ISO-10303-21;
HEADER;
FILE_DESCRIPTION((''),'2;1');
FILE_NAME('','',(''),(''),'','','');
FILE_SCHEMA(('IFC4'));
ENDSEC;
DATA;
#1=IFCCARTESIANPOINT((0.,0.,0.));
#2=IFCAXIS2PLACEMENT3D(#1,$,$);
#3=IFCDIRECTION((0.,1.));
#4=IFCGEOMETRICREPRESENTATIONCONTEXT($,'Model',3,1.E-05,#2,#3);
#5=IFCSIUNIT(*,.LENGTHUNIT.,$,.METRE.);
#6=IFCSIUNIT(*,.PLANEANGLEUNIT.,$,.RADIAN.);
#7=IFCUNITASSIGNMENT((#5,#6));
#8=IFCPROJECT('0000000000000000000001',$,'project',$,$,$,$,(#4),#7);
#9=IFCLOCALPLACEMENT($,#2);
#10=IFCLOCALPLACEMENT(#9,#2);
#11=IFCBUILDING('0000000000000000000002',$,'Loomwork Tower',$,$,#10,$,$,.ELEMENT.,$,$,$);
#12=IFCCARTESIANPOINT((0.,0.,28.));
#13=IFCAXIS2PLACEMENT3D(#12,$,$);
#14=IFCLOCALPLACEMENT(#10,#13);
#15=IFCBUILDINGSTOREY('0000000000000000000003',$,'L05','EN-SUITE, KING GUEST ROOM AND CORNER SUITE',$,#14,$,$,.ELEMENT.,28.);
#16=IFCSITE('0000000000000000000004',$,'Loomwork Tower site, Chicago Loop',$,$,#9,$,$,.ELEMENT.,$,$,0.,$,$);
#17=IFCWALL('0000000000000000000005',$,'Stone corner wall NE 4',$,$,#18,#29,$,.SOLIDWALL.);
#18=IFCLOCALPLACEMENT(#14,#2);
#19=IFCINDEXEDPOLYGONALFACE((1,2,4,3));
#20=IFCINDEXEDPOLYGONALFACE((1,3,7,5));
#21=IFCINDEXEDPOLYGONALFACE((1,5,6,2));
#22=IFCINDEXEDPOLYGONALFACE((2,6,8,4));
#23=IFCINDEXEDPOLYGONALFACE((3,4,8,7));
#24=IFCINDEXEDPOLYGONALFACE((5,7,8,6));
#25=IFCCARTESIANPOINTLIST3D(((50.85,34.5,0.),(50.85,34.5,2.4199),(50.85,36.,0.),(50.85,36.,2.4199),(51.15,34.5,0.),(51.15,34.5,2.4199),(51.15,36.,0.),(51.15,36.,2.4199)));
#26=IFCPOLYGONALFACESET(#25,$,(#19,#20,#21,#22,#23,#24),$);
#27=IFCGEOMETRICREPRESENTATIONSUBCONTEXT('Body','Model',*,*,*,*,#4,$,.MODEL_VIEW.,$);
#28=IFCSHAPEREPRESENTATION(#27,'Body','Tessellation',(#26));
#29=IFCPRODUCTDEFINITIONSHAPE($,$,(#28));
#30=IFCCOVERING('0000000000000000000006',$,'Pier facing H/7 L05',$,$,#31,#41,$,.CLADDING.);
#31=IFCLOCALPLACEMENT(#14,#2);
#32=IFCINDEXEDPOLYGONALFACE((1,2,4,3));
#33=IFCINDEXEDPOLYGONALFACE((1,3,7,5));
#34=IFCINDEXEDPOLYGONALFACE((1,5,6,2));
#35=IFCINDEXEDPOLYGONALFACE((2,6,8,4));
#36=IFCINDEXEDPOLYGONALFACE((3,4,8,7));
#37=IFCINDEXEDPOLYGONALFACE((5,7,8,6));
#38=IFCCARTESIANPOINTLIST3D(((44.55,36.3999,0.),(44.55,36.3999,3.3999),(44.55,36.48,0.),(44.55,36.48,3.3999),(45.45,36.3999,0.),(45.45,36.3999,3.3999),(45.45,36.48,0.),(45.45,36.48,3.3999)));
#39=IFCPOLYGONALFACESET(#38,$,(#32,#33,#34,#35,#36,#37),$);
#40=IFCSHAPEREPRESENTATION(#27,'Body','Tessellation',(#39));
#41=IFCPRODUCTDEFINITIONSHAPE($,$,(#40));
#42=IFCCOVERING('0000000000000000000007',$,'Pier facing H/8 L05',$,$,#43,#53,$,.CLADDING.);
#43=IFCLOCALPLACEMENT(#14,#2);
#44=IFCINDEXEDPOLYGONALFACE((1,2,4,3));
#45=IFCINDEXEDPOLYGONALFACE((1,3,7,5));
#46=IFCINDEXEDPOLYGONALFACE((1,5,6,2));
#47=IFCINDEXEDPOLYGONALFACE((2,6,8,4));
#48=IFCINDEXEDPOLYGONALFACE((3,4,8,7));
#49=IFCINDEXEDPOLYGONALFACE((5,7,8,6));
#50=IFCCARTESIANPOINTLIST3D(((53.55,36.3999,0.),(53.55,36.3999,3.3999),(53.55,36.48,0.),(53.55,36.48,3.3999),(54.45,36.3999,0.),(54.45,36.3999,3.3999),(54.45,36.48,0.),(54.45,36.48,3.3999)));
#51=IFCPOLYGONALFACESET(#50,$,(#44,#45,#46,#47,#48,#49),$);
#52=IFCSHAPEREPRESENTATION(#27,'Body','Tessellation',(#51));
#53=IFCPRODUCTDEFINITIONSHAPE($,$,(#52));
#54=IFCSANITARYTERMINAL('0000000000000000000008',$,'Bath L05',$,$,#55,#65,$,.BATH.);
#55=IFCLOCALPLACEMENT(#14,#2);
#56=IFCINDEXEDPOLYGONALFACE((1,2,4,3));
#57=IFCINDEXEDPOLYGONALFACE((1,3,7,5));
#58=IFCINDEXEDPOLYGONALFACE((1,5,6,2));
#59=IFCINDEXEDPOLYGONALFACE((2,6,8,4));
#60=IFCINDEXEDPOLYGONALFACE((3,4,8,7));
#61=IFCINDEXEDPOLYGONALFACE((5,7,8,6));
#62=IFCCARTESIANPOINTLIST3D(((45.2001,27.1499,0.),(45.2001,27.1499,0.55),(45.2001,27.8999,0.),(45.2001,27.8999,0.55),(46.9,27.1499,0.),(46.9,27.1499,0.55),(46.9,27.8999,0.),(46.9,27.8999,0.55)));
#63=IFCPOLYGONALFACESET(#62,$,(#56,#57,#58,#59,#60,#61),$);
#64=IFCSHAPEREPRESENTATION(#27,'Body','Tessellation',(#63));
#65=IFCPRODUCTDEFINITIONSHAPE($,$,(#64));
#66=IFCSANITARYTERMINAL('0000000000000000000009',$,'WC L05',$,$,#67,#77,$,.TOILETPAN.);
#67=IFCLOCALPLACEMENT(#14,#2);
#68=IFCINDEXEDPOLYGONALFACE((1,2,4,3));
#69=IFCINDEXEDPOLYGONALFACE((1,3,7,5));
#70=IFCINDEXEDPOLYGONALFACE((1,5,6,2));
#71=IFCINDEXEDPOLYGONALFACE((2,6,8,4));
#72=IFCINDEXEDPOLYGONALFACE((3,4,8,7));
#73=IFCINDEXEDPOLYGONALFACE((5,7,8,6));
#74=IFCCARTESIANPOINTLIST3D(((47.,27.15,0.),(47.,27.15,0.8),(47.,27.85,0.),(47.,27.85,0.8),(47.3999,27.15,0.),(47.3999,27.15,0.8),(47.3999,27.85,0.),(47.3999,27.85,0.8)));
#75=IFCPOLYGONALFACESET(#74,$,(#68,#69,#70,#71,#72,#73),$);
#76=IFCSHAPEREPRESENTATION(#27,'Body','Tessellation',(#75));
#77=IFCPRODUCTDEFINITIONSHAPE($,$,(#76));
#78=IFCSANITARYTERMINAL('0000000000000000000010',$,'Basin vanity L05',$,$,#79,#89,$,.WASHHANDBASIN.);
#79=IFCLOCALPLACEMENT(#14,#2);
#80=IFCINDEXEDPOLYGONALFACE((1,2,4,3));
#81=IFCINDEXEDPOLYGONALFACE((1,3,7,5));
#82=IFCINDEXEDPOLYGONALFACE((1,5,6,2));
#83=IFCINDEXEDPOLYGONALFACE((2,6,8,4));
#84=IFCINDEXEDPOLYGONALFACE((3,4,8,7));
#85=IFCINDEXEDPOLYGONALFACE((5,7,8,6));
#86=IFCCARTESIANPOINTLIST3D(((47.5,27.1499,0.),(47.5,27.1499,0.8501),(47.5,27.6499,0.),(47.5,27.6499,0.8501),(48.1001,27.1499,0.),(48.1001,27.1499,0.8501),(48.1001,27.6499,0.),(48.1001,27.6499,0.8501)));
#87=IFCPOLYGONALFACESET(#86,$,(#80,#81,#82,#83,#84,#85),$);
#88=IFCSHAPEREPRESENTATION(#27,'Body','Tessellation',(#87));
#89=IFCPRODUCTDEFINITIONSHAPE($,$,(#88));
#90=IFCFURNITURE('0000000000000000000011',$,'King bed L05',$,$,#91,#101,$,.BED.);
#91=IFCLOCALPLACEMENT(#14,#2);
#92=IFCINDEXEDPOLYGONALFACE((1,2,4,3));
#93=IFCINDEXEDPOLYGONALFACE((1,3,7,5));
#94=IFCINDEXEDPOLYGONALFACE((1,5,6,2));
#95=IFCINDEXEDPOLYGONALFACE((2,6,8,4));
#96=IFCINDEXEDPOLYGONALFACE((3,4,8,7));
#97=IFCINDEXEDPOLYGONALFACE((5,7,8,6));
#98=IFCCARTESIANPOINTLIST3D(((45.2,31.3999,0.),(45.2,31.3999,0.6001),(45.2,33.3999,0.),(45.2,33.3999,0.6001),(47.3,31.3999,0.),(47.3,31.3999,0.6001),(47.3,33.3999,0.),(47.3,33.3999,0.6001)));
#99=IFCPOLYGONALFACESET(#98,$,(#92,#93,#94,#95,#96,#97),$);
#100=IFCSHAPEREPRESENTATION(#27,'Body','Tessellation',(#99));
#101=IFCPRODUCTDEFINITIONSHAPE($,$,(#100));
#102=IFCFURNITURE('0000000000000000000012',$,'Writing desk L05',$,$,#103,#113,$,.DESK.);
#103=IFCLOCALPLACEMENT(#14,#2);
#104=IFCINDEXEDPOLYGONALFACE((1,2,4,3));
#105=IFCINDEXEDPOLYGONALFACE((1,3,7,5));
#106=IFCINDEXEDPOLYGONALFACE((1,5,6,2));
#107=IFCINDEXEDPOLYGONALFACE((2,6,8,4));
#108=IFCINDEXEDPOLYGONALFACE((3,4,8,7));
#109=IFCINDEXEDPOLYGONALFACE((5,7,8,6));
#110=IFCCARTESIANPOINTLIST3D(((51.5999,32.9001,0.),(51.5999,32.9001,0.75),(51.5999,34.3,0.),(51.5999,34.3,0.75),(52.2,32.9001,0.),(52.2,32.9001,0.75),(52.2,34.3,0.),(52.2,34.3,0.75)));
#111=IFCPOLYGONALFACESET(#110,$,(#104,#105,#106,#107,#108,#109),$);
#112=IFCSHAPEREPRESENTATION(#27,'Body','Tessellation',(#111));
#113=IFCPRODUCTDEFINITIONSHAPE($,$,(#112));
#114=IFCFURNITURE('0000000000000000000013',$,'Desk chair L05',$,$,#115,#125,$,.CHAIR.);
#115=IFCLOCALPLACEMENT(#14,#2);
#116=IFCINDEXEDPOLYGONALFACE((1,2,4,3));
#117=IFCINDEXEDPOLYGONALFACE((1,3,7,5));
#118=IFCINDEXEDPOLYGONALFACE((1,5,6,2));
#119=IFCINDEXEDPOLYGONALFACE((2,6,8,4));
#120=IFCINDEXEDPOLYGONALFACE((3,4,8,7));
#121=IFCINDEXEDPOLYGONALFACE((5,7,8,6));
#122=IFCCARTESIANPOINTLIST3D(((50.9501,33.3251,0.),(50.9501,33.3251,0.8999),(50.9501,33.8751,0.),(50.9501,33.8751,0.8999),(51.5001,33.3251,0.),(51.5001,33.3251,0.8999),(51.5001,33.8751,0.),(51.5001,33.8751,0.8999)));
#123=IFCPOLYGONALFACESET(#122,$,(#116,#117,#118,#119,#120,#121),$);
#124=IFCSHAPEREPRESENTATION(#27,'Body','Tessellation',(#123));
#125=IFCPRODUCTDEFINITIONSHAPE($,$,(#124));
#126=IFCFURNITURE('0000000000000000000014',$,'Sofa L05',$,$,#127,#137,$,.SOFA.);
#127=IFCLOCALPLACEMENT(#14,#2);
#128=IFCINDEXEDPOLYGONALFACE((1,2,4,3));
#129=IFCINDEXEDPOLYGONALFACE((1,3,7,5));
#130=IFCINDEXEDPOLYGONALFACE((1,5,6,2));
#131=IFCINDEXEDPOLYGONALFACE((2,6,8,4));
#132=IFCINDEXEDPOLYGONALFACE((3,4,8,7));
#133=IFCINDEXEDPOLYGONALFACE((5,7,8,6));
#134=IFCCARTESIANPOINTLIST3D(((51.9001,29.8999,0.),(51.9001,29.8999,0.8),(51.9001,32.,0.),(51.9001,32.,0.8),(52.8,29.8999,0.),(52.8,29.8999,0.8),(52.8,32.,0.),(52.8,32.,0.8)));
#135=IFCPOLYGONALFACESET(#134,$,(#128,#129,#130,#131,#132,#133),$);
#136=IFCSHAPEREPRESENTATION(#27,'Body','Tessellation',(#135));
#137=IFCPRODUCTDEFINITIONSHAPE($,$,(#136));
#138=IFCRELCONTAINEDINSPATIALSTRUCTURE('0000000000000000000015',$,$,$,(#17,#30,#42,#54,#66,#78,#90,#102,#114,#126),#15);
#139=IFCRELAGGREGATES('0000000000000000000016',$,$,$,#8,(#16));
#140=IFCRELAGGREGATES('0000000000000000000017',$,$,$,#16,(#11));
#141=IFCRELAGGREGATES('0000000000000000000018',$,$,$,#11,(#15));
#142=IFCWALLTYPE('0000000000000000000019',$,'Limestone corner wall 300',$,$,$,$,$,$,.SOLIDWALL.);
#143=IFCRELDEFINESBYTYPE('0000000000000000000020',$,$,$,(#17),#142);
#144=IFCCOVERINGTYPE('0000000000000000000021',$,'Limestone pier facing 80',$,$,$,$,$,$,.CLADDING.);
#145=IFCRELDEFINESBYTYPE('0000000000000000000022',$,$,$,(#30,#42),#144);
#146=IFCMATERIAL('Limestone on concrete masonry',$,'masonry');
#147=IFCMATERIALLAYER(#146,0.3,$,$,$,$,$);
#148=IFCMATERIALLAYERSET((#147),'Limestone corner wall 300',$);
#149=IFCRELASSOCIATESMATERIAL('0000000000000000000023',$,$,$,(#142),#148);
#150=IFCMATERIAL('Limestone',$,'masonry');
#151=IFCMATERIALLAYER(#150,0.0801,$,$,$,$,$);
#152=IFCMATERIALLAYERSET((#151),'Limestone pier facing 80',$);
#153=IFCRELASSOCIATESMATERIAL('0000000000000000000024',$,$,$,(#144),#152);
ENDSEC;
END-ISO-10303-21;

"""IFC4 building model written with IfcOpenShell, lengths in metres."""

from ifc_helpers import new_model, si_unit, direction, frame, frame_2d, origin, origin_2d, place, context, subcontext, project, spatial, rectangle, extrude, material, layer, layer_set, type_object, element, save


model = new_model("IFC4")

# Units and contexts
model_context = context("Model", 3, precision=1e-05, world=origin(), true_north=direction((0.0, 1.0)))
body_context = subcontext(model_context, "Body", "Model", "MODEL_VIEW")
ifc_project = project(units=[si_unit("LENGTHUNIT", "METRE"), si_unit("PLANEANGLEUNIT", "RADIAN")], contexts=[model_context])

# Site, building, storey
site_placement = place(None, origin())
site = spatial("IfcSite", under=ifc_project, at=site_placement, Name="Loomwork Tower site, Chicago Loop", CompositionType="ELEMENT", RefElevation=0.0)
building_placement = place(site_placement, origin())
building = spatial("IfcBuilding", under=site, at=building_placement, Name="Loomwork Tower", CompositionType="ELEMENT")
storey_placement = place(building_placement, frame((0.0, 0.0, 28.0)))
storey = spatial("IfcBuildingStorey", under=building, at=storey_placement, Name="L05", Description="EN-SUITE, KING GUEST ROOM AND CORNER SUITE", CompositionType="ELEMENT", Elevation=28.0)

# Shared definitions
ifc_material_1 = material(Name="Limestone on concrete masonry", Category="masonry")
ifc_layer_1 = layer(ifc_material_1, 0.3)
ifc_layer_set_1 = layer_set([ifc_layer_1], Name="Limestone corner wall 300")
wall_type_1 = type_object("IfcWallType", Name="Limestone corner wall 300", PredefinedType="SOLIDWALL", material=ifc_layer_set_1)

# Wall
wall_1_placement = place(storey_placement, frame((51.0, 34.5, 0.0), z_axis=(0.0, 0.0, 1.0), x_axis=(0.0, 1.0, 0.0)))
element("IfcWall", 1, at=wall_1_placement, inside=storey, type_object=wall_type_1, Name="Stone corner wall NE 4", PredefinedType="SOLIDWALL", context=body_context, shape_type="SweptSolid", body=[
    extrude(rectangle(XDim=1.5, YDim=0.3, at=frame_2d((0.75, 0.0))), origin(), (0.0, 0.0, 1.0), 2.4199),
])

# Coverings
ifc_material_2 = material(Name="Limestone", Category="masonry")
ifc_layer_2 = layer(ifc_material_2, 0.0801)
ifc_layer_set_2 = layer_set([ifc_layer_2], Name="Limestone pier facing 80")
covering_type = type_object("IfcCoveringType", Name="Limestone pier facing 80", PredefinedType="CLADDING", material=ifc_layer_set_2)
for number, where, z_axis, x_axis, name in (
    (2, (45.0, 36.4399, 0.0), (0.0, 0.0, 1.0), (1.0, 0.0, 0.0), "Pier facing H/7 L05"),
    (3, (54.0, 36.4399, 0.0), (0.0, 0.0, 1.0), (1.0, 0.0, 0.0), "Pier facing H/8 L05"),
):
    element("IfcCovering", number, at=place(storey_placement, frame(where, z_axis=z_axis, x_axis=x_axis)), inside=storey, type_object=covering_type, Name=name, PredefinedType="CLADDING", context=body_context, shape_type="SweptSolid", body=[
        extrude(rectangle(XDim=0.8999, YDim=0.0801, at=origin_2d()), origin(), (0.0, 0.0, 1.0), 3.3999),
    ])

# Sanitary terminals
sanitary_terminal_1_placement = place(storey_placement, frame((46.05, 27.5249, 0.0), z_axis=(0.0, 0.0, 1.0), x_axis=(1.0, 0.0, 0.0)))
element("IfcSanitaryTerminal", 4, at=sanitary_terminal_1_placement, inside=storey, Name="Bath L05", PredefinedType="BATH", context=body_context, shape_type="SweptSolid", body=[
    extrude(rectangle(XDim=1.7, YDim=0.75, at=origin_2d()), origin(), (0.0, 0.0, 1.0), 0.55),
])
sanitary_terminal_2_placement = place(storey_placement, frame((47.2, 27.5, 0.0), z_axis=(0.0, 0.0, 1.0), x_axis=(1.0, 0.0, 0.0)))
element("IfcSanitaryTerminal", 5, at=sanitary_terminal_2_placement, inside=storey, Name="WC L05", PredefinedType="TOILETPAN", context=body_context, shape_type="SweptSolid", body=[
    extrude(rectangle(XDim=0.3999, YDim=0.7, at=origin_2d()), origin(), (0.0, 0.0, 1.0), 0.8),
])
sanitary_terminal_3_placement = place(storey_placement, frame((47.8, 27.3999, 0.0), z_axis=(0.0, 0.0, 1.0), x_axis=(1.0, 0.0, 0.0)))
element("IfcSanitaryTerminal", 6, at=sanitary_terminal_3_placement, inside=storey, Name="Basin vanity L05", PredefinedType="WASHHANDBASIN", context=body_context, shape_type="SweptSolid", body=[
    extrude(rectangle(XDim=0.6001, YDim=0.5, at=origin_2d()), origin(), (0.0, 0.0, 1.0), 0.8501),
])

# Furniture
furniture_1_placement = place(storey_placement, frame((46.25, 32.3999, 0.0), z_axis=(0.0, 0.0, 1.0), x_axis=(1.0, 0.0, 0.0)))
element("IfcFurniture", 7, at=furniture_1_placement, inside=storey, Name="King bed L05", PredefinedType="BED", context=body_context, shape_type="SweptSolid", body=[
    extrude(rectangle(XDim=2.1001, YDim=2.0, at=origin_2d()), origin(), (0.0, 0.0, 1.0), 0.6001),
])
furniture_2_placement = place(storey_placement, frame((51.8999, 33.6001, 0.0), z_axis=(0.0, 0.0, 1.0), x_axis=(1.0, 0.0, 0.0)))
element("IfcFurniture", 8, at=furniture_2_placement, inside=storey, Name="Writing desk L05", PredefinedType="DESK", context=body_context, shape_type="SweptSolid", body=[
    extrude(rectangle(XDim=0.6001, YDim=1.3999, at=origin_2d()), origin(), (0.0, 0.0, 1.0), 0.75),
])
furniture_3_placement = place(storey_placement, frame((51.2251, 33.6001, 0.0), z_axis=(0.0, 0.0, 1.0), x_axis=(1.0, 0.0, 0.0)))
element("IfcFurniture", 9, at=furniture_3_placement, inside=storey, Name="Desk chair L05", PredefinedType="CHAIR", context=body_context, shape_type="SweptSolid", body=[
    extrude(rectangle(XDim=0.55, YDim=0.55, at=origin_2d()), origin(), (0.0, 0.0, 1.0), 0.8999),
])
furniture_4_placement = place(storey_placement, frame((52.3501, 30.95, 0.0), z_axis=(0.0, 0.0, 1.0), x_axis=(1.0, 0.0, 0.0)))
element("IfcFurniture", 10, at=furniture_4_placement, inside=storey, Name="Sofa L05", PredefinedType="SOFA", context=body_context, shape_type="SweptSolid", body=[
    extrude(rectangle(XDim=0.8999, YDim=2.1001, at=origin_2d()), origin(), (0.0, 0.0, 1.0), 0.8),
])

save(model, "model.ifc")
